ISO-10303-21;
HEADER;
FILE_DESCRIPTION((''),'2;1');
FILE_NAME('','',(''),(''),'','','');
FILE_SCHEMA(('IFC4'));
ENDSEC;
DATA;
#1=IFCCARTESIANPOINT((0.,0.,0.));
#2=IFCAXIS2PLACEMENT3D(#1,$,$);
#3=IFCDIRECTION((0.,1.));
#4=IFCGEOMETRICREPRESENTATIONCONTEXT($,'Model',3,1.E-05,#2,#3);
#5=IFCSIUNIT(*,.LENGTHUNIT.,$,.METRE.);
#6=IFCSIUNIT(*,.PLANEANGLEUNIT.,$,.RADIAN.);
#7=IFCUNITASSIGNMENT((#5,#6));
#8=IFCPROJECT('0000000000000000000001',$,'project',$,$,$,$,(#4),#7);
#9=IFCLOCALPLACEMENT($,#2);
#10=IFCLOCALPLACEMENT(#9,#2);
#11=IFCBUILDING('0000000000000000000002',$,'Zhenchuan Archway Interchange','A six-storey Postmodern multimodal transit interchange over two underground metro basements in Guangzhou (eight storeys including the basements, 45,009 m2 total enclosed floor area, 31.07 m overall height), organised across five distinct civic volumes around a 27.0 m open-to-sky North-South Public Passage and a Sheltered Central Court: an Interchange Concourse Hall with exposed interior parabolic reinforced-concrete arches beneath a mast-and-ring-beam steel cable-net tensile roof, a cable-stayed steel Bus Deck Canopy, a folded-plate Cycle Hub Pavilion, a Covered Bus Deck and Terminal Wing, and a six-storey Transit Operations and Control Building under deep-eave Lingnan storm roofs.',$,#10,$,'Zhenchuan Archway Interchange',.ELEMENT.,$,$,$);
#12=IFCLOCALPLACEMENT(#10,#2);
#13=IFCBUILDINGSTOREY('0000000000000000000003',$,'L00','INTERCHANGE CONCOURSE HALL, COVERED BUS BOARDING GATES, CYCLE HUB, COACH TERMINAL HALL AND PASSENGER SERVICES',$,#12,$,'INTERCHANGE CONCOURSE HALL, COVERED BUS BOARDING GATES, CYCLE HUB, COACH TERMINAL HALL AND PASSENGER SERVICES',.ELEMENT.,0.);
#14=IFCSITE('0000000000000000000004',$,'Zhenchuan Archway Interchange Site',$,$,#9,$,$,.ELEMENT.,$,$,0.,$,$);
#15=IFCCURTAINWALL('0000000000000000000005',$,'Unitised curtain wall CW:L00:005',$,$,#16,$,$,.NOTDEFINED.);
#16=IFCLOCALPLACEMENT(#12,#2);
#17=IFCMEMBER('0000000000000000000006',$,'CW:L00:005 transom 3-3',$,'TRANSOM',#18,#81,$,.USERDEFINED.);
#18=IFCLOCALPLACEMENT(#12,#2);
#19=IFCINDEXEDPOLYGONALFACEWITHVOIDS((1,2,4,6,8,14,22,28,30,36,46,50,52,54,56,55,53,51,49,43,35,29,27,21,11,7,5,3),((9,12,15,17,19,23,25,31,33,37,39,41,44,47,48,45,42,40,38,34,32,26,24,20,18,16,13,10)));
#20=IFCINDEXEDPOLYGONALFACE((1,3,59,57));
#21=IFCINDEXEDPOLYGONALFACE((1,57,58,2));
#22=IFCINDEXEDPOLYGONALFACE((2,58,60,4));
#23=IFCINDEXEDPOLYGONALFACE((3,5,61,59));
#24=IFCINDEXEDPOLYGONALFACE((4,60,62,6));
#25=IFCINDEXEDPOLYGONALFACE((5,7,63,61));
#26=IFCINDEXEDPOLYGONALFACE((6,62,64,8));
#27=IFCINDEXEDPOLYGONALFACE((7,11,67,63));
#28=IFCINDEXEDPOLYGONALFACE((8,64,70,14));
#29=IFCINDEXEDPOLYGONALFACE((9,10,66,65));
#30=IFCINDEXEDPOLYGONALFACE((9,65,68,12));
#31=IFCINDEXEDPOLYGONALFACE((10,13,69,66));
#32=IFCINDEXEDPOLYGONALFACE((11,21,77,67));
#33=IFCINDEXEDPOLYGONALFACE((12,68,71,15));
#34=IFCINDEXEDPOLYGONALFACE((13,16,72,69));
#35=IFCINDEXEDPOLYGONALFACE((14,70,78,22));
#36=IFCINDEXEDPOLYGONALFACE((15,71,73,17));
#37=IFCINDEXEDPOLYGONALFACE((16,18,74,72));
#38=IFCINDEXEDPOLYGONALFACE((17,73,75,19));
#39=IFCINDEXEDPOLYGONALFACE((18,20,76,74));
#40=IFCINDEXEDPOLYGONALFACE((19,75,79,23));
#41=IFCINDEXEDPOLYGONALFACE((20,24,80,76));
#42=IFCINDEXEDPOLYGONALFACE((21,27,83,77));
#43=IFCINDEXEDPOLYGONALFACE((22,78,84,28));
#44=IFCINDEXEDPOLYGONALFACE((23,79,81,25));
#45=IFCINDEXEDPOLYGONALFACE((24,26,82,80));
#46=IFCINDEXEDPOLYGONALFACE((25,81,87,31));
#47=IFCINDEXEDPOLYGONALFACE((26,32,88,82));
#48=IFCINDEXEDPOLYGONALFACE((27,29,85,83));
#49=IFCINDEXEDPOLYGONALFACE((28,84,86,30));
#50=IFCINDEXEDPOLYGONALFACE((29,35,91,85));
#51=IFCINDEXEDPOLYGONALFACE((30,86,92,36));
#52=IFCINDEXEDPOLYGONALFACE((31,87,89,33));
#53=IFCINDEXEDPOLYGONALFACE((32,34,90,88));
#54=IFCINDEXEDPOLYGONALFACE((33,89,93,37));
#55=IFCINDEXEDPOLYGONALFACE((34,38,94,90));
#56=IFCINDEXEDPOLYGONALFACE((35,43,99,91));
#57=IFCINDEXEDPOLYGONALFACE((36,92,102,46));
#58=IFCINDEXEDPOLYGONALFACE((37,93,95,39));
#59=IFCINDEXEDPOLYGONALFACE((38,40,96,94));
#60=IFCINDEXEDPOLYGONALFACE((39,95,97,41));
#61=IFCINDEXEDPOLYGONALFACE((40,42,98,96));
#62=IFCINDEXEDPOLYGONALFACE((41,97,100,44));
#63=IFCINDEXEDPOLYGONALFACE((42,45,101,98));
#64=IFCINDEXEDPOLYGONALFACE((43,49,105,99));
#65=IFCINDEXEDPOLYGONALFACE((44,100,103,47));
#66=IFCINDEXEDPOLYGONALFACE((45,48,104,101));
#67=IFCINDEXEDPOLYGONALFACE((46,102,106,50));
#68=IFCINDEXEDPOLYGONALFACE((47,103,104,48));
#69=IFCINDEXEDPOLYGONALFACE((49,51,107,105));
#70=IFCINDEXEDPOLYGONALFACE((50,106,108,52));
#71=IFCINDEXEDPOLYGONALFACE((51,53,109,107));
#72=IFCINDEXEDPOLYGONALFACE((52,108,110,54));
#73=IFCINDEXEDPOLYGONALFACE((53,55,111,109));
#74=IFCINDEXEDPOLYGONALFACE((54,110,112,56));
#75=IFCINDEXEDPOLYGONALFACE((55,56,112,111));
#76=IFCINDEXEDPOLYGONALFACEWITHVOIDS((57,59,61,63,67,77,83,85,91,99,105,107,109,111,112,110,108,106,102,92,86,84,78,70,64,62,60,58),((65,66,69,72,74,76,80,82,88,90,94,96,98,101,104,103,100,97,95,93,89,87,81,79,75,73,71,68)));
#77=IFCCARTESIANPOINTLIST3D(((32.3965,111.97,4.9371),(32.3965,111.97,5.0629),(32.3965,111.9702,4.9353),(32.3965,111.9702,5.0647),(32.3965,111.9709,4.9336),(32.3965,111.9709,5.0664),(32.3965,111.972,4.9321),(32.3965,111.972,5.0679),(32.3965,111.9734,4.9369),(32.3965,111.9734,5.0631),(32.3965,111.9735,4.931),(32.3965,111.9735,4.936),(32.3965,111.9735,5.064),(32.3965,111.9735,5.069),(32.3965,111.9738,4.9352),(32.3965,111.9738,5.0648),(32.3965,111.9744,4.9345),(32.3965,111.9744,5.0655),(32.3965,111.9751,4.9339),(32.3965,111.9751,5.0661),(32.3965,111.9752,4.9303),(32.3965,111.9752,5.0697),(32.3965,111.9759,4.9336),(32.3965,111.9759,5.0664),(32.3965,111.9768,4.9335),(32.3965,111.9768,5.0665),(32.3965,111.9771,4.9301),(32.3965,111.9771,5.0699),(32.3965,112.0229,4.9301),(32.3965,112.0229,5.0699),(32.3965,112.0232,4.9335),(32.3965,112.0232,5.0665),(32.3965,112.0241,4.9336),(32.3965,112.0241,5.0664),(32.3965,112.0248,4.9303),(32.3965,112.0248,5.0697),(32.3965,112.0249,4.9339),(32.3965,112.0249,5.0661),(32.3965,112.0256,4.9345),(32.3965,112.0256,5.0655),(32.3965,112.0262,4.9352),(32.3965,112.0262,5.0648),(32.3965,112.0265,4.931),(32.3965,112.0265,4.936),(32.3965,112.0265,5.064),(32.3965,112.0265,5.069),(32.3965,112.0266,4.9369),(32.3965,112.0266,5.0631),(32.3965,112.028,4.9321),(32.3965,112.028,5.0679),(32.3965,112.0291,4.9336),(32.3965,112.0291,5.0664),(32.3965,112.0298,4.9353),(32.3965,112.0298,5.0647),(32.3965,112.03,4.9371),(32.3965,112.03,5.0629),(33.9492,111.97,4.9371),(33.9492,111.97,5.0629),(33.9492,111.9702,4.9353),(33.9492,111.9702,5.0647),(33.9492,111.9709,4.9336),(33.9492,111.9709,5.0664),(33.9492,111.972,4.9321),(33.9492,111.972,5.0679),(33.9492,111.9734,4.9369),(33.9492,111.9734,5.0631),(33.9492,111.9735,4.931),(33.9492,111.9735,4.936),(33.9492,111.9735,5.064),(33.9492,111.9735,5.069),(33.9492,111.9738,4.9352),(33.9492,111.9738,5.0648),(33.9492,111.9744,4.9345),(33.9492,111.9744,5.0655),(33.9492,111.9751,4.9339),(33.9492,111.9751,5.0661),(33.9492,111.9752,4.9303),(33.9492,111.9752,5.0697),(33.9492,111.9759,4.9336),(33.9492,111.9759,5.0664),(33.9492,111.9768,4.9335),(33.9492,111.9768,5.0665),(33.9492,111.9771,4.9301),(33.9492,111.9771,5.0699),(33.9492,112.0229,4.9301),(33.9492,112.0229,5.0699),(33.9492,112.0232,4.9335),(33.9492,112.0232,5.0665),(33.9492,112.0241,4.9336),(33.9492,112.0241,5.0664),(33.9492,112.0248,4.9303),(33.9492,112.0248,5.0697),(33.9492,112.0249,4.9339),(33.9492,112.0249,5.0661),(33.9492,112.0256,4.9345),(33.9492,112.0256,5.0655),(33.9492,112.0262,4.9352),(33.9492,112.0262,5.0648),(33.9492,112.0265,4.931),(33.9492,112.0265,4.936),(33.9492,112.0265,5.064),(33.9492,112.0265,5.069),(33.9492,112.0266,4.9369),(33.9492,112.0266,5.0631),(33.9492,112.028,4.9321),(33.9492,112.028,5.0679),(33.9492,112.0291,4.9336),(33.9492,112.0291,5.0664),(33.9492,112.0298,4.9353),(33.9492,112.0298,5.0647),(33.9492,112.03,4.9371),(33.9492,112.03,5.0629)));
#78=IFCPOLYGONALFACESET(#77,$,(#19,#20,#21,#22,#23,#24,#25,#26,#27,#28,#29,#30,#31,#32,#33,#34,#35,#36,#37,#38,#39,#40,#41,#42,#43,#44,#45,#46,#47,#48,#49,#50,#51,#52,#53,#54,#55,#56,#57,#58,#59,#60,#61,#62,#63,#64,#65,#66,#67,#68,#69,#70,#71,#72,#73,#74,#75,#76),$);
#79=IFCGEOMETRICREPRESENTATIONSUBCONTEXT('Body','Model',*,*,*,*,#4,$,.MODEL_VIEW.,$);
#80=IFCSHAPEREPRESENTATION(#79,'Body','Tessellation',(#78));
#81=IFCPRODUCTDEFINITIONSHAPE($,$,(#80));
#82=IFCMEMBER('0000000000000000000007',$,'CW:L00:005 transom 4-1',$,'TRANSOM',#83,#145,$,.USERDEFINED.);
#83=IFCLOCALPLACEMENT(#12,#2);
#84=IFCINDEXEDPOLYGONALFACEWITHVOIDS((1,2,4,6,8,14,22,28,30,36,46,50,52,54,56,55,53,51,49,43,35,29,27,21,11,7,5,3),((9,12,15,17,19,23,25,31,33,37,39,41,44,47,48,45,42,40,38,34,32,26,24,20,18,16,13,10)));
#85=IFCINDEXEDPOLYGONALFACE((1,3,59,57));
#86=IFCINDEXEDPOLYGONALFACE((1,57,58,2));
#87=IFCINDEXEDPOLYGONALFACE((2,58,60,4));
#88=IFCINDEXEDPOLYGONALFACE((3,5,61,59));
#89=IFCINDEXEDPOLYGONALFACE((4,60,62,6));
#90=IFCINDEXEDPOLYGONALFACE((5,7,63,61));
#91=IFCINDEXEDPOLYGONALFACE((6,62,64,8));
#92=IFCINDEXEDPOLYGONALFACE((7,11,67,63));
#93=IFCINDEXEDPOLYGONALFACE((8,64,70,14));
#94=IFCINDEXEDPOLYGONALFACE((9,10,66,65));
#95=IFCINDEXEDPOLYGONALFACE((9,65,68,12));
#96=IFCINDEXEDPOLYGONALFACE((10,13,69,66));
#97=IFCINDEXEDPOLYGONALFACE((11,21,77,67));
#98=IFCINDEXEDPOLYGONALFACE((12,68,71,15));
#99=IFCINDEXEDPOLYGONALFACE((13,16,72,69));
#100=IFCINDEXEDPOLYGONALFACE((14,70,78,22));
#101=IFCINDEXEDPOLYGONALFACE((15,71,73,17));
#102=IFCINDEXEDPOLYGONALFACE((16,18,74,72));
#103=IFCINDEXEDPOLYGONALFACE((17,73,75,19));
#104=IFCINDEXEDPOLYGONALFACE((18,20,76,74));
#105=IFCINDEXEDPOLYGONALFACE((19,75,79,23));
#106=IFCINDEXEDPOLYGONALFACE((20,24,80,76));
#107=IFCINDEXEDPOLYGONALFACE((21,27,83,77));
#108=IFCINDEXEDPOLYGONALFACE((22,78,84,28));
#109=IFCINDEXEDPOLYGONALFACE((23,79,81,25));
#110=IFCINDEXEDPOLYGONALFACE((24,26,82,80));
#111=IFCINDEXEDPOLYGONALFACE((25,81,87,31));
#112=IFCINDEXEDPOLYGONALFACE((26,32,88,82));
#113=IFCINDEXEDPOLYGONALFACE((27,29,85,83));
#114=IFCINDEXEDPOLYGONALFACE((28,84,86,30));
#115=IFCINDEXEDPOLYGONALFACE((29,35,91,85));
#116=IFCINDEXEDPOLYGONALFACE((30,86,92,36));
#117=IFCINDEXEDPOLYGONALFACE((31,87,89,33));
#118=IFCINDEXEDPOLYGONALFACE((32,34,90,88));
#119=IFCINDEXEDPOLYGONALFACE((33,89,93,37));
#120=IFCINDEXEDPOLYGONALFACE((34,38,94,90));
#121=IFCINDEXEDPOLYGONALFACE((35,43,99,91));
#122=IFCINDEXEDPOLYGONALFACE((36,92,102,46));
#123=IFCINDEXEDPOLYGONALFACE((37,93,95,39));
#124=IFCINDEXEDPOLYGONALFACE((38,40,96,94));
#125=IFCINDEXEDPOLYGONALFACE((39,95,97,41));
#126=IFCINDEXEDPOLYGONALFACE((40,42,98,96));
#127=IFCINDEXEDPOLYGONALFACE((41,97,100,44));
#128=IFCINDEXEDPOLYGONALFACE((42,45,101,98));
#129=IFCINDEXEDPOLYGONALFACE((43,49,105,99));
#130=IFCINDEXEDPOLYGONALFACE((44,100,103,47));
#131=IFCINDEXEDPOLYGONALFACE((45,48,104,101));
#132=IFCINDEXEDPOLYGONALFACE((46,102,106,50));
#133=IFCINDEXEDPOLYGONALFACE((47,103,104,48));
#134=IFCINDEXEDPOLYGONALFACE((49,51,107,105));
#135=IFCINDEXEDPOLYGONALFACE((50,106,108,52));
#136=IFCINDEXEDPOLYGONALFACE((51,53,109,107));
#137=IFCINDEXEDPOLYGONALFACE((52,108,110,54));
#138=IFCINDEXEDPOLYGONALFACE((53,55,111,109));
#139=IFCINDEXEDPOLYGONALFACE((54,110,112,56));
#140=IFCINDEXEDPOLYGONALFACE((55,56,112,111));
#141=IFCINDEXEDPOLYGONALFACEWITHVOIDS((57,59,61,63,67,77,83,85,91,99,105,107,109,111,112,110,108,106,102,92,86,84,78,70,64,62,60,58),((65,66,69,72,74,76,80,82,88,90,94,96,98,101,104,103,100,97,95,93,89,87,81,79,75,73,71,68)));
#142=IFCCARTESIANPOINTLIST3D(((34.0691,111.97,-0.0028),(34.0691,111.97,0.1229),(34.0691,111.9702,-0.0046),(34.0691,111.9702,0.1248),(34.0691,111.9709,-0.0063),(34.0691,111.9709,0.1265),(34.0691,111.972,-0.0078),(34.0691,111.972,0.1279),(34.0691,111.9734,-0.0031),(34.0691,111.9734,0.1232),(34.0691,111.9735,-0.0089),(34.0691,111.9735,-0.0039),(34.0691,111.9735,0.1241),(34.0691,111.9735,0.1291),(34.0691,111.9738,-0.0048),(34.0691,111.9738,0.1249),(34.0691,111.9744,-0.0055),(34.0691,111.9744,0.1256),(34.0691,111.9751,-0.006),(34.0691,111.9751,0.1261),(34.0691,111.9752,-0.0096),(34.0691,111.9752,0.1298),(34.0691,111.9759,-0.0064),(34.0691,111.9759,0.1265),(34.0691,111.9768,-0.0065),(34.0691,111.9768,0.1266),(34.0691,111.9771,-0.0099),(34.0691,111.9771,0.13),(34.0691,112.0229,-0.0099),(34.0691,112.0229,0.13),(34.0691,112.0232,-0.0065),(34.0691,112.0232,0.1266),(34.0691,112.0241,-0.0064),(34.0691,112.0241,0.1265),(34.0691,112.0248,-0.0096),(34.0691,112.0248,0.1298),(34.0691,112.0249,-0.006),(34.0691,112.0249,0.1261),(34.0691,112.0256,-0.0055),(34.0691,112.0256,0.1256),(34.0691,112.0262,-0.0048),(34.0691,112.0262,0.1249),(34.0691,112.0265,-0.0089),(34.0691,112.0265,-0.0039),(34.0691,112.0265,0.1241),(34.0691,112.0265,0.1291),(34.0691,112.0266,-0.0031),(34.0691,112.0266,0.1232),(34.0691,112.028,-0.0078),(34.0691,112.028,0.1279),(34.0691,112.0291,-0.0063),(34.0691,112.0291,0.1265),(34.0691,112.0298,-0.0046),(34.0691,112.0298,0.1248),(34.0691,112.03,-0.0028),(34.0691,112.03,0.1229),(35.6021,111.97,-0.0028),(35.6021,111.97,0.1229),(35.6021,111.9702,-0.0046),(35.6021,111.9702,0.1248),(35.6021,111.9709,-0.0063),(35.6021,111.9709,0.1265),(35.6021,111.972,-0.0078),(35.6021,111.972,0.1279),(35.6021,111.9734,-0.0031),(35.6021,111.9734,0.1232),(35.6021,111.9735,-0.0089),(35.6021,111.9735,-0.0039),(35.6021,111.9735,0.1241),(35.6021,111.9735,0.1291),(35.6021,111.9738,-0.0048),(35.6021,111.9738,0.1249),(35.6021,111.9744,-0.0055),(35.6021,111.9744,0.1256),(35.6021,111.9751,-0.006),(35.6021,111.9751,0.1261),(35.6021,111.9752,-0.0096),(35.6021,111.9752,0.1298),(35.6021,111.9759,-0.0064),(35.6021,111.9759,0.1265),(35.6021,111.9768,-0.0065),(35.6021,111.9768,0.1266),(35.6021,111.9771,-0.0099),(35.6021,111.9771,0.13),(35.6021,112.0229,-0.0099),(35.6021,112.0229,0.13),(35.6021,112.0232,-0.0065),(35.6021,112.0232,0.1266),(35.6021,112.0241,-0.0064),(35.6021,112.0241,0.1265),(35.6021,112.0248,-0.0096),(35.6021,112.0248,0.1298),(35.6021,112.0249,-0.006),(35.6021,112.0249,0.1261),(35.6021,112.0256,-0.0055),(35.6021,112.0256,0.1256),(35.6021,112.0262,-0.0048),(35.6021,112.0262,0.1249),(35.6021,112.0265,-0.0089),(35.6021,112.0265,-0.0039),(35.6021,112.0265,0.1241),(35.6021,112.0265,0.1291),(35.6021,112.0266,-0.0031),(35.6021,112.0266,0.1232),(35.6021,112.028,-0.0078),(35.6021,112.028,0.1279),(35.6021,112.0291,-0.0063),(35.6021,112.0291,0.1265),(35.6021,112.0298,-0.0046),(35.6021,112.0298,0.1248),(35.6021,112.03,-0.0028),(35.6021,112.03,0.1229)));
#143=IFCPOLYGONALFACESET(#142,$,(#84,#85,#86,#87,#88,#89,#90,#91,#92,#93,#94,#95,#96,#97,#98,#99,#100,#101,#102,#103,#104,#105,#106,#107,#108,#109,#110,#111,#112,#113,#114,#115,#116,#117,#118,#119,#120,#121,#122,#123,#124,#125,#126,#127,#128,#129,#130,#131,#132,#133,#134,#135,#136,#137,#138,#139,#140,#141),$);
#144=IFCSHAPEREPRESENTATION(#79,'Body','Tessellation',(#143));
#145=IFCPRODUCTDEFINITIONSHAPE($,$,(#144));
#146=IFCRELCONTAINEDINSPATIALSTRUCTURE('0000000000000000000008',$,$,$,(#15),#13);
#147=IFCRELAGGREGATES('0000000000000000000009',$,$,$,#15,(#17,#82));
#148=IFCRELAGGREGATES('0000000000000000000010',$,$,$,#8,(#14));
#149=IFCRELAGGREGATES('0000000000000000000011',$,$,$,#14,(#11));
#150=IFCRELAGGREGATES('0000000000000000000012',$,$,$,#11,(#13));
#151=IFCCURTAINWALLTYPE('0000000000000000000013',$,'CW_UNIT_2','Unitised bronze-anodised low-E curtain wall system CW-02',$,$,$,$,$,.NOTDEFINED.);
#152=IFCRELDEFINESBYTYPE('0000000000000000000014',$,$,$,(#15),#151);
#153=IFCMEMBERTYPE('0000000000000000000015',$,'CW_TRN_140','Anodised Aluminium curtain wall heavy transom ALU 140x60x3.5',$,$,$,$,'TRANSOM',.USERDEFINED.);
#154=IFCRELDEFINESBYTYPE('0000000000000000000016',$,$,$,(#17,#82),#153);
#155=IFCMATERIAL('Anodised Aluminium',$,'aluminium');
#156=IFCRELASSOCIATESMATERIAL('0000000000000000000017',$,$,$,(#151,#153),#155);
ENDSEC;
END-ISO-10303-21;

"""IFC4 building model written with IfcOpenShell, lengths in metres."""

from ifc_helpers import new_model, si_unit, direction, frame, origin, origin_2d, place, context, subcontext, project, spatial, hollow_rectangle, extrude, material, material_profile, profile_set, type_object, element, aggregate, save


model = new_model("IFC4")

# Units and contexts
model_context = context("Model", 3, precision=1e-05, world=origin(), true_north=direction((0.0, 1.0)))
body_context = subcontext(model_context, "Body", "Model", "MODEL_VIEW")
ifc_project = project(units=[si_unit("LENGTHUNIT", "METRE"), si_unit("PLANEANGLEUNIT", "RADIAN")], contexts=[model_context])

# Site, building, storey
site_placement = place(None, origin())
site = spatial("IfcSite", under=ifc_project, at=site_placement, Name="Zhenchuan Archway Interchange Site", CompositionType="ELEMENT", RefElevation=0.0)
building_placement = place(site_placement, origin())
building = spatial("IfcBuilding", under=site, at=building_placement, Name="Zhenchuan Archway Interchange", Description="A six-storey Postmodern multimodal transit interchange over two underground metro basements in Guangzhou (eight storeys including the basements, 45,009 m2 total enclosed floor area, 31.07 m overall height), organised across five distinct civic volumes around a 27.0 m open-to-sky North-South Public Passage and a Sheltered Central Court: an Interchange Concourse Hall with exposed interior parabolic reinforced-concrete arches beneath a mast-and-ring-beam steel cable-net tensile roof, a cable-stayed steel Bus Deck Canopy, a folded-plate Cycle Hub Pavilion, a Covered Bus Deck and Terminal Wing, and a six-storey Transit Operations and Control Building under deep-eave Lingnan storm roofs.", LongName="Zhenchuan Archway Interchange", CompositionType="ELEMENT")
storey_placement = place(building_placement, origin())
storey = spatial("IfcBuildingStorey", under=building, at=storey_placement, Name="L00", Description="INTERCHANGE CONCOURSE HALL, COVERED BUS BOARDING GATES, CYCLE HUB, COACH TERMINAL HALL AND PASSENGER SERVICES", LongName="INTERCHANGE CONCOURSE HALL, COVERED BUS BOARDING GATES, CYCLE HUB, COACH TERMINAL HALL AND PASSENGER SERVICES", CompositionType="ELEMENT", Elevation=0.0)

# Curtain wall, members
ifc_material_1 = material(Name="Anodised Aluminium", Category="aluminium")
curtain_wall_type = type_object("IfcCurtainWallType", Name="CW_UNIT_2", Description="Unitised bronze-anodised low-E curtain wall system CW-02", PredefinedType="NOTDEFINED", material=ifc_material_1)
curtain_wall_placement = place(storey_placement, origin())
curtain_wall = element("IfcCurtainWall", 1, at=curtain_wall_placement, inside=storey, type_object=curtain_wall_type, Name="Unitised curtain wall CW:L00:005", PredefinedType="NOTDEFINED")
ifc_material_profile_1 = material_profile(ifc_material_1, hollow_rectangle(XDim=0.0601, YDim=0.1399, WallThickness=0.0034, InnerFilletRadius=0.0034, OuterFilletRadius=0.0071, at=origin_2d()), Name="ALU 140x60x3.5")
ifc_profile_set_1 = profile_set([ifc_material_profile_1], Name="Anodised Aluminium")
member_type_1 = type_object("IfcMemberType", Name="CW_TRN_140", Description="Anodised Aluminium curtain wall heavy transom ALU 140x60x3.5", ElementType="TRANSOM", PredefinedType="USERDEFINED", material=ifc_profile_set_1)
member_1_placement = place(storey_placement, frame((32.3965, 112.0, 5.0), z_axis=(1.0, 0.0, 0.0), x_axis=(0.0, 1.0, 0.0)))
member_1 = element("IfcMember", 2, at=member_1_placement, type_object=member_type_1, Name="CW:L00:005 transom 3-3", ObjectType="TRANSOM", PredefinedType="USERDEFINED", context=body_context, shape_type="SweptSolid", body=[
    extrude(hollow_rectangle(XDim=0.0601, YDim=0.1399, WallThickness=0.0034, InnerFilletRadius=0.0034, OuterFilletRadius=0.0071, at=origin_2d()), origin(), (0.0, 0.0, 1.0), 1.5527),
])
member_2_placement = place(storey_placement, frame((34.0691, 112.0, 0.0601), z_axis=(1.0, 0.0, 0.0), x_axis=(0.0, 1.0, 0.0)))
member_2 = element("IfcMember", 3, at=member_2_placement, type_object=member_type_1, Name="CW:L00:005 transom 4-1", ObjectType="TRANSOM", PredefinedType="USERDEFINED", context=body_context, shape_type="SweptSolid", body=[
    extrude(hollow_rectangle(XDim=0.0601, YDim=0.1399, WallThickness=0.0034, InnerFilletRadius=0.0034, OuterFilletRadius=0.0071, at=origin_2d()), origin(), (0.0, 0.0, 1.0), 1.533),
])

aggregate(curtain_wall, [member_1, member_2])

save(model, "model.ifc")
